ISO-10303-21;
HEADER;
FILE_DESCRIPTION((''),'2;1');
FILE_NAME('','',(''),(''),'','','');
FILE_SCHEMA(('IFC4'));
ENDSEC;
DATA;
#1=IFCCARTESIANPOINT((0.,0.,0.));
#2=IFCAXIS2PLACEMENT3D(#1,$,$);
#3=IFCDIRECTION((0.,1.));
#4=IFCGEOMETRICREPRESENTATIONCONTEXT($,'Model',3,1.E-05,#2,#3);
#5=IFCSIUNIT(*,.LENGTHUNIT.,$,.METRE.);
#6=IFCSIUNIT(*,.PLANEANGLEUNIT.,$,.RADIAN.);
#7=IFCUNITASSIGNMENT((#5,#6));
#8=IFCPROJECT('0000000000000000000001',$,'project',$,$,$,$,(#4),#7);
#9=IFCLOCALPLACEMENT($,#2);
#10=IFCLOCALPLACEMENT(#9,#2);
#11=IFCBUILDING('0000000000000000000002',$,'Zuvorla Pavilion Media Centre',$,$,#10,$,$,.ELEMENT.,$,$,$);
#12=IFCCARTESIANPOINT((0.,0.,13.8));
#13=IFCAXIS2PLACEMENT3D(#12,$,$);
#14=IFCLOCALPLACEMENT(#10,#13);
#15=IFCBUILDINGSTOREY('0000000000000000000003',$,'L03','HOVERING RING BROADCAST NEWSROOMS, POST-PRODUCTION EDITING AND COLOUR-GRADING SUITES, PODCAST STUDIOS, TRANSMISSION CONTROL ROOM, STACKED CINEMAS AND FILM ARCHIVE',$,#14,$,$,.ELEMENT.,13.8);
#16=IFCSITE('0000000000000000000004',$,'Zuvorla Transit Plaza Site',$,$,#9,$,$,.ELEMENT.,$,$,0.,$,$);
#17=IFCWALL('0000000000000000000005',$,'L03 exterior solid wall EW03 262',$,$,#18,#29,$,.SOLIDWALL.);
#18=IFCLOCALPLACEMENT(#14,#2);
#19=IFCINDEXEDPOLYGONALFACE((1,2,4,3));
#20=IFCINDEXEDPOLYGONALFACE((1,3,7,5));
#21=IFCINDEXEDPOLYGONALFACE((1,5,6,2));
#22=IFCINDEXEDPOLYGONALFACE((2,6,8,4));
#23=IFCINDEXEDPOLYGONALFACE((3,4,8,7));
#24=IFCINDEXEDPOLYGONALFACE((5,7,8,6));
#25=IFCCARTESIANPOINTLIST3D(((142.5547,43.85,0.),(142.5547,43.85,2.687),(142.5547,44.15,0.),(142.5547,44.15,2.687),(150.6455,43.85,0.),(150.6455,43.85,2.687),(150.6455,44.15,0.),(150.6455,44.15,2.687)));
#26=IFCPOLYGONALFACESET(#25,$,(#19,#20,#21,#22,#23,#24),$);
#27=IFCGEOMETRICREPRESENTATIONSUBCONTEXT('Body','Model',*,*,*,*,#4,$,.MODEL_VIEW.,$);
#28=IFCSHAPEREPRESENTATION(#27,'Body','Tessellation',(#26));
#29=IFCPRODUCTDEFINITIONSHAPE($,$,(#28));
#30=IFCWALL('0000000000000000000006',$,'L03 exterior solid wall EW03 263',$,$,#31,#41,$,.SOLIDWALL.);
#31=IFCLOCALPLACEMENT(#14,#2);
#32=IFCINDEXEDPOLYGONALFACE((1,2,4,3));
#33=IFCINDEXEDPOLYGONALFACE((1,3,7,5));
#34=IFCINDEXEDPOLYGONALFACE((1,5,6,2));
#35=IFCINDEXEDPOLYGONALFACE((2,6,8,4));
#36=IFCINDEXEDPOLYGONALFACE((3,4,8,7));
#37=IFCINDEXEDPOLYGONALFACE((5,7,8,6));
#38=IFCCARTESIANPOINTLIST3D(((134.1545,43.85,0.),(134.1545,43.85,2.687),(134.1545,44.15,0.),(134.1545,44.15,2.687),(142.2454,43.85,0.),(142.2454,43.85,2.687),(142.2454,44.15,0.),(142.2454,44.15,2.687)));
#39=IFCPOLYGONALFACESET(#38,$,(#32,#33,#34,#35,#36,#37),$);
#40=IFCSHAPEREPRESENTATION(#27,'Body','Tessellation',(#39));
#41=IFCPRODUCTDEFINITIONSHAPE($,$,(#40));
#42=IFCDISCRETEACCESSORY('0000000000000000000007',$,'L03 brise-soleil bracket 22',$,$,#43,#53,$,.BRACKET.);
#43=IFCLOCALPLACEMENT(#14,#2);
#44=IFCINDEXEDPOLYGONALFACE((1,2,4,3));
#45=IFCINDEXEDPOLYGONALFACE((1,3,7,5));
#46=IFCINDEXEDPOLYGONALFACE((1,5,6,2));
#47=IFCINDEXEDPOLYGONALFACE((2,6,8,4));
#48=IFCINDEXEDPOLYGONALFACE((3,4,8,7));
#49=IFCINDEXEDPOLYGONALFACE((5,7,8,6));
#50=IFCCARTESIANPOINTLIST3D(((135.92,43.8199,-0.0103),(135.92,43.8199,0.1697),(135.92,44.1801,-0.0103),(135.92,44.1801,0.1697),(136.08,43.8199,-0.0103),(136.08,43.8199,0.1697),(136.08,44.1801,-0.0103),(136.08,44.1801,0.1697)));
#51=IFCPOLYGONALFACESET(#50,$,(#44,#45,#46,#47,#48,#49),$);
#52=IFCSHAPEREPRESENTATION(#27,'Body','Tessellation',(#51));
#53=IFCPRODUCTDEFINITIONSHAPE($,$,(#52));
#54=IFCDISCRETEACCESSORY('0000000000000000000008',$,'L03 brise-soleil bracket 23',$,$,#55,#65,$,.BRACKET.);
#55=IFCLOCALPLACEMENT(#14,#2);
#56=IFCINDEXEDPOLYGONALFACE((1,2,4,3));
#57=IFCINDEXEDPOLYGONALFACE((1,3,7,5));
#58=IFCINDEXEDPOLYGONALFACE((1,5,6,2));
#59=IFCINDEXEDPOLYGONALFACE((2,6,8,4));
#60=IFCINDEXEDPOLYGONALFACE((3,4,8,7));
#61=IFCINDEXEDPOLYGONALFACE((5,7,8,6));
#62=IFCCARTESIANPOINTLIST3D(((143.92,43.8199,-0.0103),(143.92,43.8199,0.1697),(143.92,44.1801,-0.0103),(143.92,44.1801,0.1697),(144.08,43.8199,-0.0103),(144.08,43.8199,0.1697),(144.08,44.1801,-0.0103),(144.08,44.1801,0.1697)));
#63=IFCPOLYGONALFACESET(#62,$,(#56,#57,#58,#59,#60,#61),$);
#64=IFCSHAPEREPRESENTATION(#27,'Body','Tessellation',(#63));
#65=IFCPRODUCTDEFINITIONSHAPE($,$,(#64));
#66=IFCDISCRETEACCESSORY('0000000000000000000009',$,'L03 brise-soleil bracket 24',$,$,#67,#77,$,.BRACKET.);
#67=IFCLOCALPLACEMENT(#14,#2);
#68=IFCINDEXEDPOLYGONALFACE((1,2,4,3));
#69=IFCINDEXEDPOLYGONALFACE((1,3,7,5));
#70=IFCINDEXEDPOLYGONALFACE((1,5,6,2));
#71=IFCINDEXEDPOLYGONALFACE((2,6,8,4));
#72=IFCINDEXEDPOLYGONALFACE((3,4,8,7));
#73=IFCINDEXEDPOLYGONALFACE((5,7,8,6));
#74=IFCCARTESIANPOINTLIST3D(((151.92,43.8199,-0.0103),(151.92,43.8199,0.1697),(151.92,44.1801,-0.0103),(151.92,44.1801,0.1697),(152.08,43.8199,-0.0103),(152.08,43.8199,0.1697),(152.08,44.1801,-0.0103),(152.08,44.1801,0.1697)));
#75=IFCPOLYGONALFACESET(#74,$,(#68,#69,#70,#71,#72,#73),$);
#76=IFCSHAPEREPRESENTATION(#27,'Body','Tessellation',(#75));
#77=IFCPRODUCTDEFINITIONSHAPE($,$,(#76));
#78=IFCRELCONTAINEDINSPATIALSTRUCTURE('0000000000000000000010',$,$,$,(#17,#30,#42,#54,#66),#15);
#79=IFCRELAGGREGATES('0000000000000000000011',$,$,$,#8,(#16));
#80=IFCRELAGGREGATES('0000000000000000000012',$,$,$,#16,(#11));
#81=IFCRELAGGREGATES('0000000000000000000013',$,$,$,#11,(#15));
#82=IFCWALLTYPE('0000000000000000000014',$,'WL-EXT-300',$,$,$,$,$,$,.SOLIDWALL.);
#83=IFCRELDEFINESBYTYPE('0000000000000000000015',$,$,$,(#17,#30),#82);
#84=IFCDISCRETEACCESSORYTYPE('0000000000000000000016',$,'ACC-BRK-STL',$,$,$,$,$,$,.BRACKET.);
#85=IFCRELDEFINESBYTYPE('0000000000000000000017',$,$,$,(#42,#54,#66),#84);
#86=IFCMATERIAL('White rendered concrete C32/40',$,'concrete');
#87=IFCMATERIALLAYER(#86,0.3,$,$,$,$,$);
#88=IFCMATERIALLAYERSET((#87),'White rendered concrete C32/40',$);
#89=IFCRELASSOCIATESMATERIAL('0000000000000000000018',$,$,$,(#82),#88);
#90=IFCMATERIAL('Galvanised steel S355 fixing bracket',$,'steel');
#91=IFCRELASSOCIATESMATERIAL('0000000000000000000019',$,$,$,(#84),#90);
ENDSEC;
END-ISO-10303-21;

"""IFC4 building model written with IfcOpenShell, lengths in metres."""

from ifc_helpers import new_model, si_unit, direction, frame, frame_2d, origin, origin_2d, place, context, subcontext, project, spatial, rectangle, extrude, material, layer, layer_set, type_object, element, save


model = new_model("IFC4")

# Units and contexts
model_context = context("Model", 3, precision=1e-05, world=origin(), true_north=direction((0.0, 1.0)))
body_context = subcontext(model_context, "Body", "Model", "MODEL_VIEW")
ifc_project = project(units=[si_unit("LENGTHUNIT", "METRE"), si_unit("PLANEANGLEUNIT", "RADIAN")], contexts=[model_context])

# Site, building, storey
site_placement = place(None, origin())
site = spatial("IfcSite", under=ifc_project, at=site_placement, Name="Zuvorla Transit Plaza Site", CompositionType="ELEMENT", RefElevation=0.0)
building_placement = place(site_placement, origin())
building = spatial("IfcBuilding", under=site, at=building_placement, Name="Zuvorla Pavilion Media Centre", CompositionType="ELEMENT")
storey_placement = place(building_placement, frame((0.0, 0.0, 13.8)))
storey = spatial("IfcBuildingStorey", under=building, at=storey_placement, Name="L03", Description="HOVERING RING BROADCAST NEWSROOMS, POST-PRODUCTION EDITING AND COLOUR-GRADING SUITES, PODCAST STUDIOS, TRANSMISSION CONTROL ROOM, STACKED CINEMAS AND FILM ARCHIVE", CompositionType="ELEMENT", Elevation=13.8)

# Walls
ifc_material_1 = material(Name="White rendered concrete C32/40", Category="concrete")
ifc_layer_1 = layer(ifc_material_1, 0.3)
ifc_layer_set_1 = layer_set([ifc_layer_1], Name="White rendered concrete C32/40")
wall_type = type_object("IfcWallType", Name="WL-EXT-300", PredefinedType="SOLIDWALL", material=ifc_layer_set_1)
for number, where, z_axis, x_axis, name in (
    (1, (150.6455, 44.0, 0.0), (0.0, 0.0, 1.0), (-1.0, 0.0, 0.0), "L03 exterior solid wall EW03 262"),
    (2, (142.2454, 44.0, 0.0), (0.0, 0.0, 1.0), (-1.0, 0.0, 0.0), "L03 exterior solid wall EW03 263"),
):
    element("IfcWall", number, at=place(storey_placement, frame(where, z_axis=z_axis, x_axis=x_axis)), inside=storey, type_object=wall_type, Name=name, PredefinedType="SOLIDWALL", context=body_context, shape_type="SweptSolid", body=[
        extrude(rectangle(XDim=8.0908, YDim=0.3, at=frame_2d((4.0454, 0.0))), origin(), (0.0, 0.0, 1.0), 2.687),
    ])

# Discrete accessories
ifc_material_2 = material(Name="Galvanised steel S355 fixing bracket", Category="steel")
discrete_accessory_type = type_object("IfcDiscreteAccessoryType", Name="ACC-BRK-STL", PredefinedType="BRACKET", material=ifc_material_2)
for number, where, z_axis, x_axis, name in (
    (3, (136.0, 44.0, -0.0103), (0.0, 0.0, 1.0), (1.0, 0.0, 0.0), "L03 brise-soleil bracket 22"),
    (4, (144.0, 44.0, -0.0103), (0.0, 0.0, 1.0), (1.0, 0.0, 0.0), "L03 brise-soleil bracket 23"),
    (5, (152.0, 44.0, -0.0103), (0.0, 0.0, 1.0), (1.0, 0.0, 0.0), "L03 brise-soleil bracket 24"),
):
    element("IfcDiscreteAccessory", number, at=place(storey_placement, frame(where, z_axis=z_axis, x_axis=x_axis)), inside=storey, type_object=discrete_accessory_type, Name=name, PredefinedType="BRACKET", context=body_context, shape_type="SweptSolid", body=[
        extrude(rectangle(XDim=0.1599, YDim=0.3601, at=origin_2d()), origin(), (0.0, 0.0, 1.0), 0.1799),
    ])

save(model, "model.ifc")
